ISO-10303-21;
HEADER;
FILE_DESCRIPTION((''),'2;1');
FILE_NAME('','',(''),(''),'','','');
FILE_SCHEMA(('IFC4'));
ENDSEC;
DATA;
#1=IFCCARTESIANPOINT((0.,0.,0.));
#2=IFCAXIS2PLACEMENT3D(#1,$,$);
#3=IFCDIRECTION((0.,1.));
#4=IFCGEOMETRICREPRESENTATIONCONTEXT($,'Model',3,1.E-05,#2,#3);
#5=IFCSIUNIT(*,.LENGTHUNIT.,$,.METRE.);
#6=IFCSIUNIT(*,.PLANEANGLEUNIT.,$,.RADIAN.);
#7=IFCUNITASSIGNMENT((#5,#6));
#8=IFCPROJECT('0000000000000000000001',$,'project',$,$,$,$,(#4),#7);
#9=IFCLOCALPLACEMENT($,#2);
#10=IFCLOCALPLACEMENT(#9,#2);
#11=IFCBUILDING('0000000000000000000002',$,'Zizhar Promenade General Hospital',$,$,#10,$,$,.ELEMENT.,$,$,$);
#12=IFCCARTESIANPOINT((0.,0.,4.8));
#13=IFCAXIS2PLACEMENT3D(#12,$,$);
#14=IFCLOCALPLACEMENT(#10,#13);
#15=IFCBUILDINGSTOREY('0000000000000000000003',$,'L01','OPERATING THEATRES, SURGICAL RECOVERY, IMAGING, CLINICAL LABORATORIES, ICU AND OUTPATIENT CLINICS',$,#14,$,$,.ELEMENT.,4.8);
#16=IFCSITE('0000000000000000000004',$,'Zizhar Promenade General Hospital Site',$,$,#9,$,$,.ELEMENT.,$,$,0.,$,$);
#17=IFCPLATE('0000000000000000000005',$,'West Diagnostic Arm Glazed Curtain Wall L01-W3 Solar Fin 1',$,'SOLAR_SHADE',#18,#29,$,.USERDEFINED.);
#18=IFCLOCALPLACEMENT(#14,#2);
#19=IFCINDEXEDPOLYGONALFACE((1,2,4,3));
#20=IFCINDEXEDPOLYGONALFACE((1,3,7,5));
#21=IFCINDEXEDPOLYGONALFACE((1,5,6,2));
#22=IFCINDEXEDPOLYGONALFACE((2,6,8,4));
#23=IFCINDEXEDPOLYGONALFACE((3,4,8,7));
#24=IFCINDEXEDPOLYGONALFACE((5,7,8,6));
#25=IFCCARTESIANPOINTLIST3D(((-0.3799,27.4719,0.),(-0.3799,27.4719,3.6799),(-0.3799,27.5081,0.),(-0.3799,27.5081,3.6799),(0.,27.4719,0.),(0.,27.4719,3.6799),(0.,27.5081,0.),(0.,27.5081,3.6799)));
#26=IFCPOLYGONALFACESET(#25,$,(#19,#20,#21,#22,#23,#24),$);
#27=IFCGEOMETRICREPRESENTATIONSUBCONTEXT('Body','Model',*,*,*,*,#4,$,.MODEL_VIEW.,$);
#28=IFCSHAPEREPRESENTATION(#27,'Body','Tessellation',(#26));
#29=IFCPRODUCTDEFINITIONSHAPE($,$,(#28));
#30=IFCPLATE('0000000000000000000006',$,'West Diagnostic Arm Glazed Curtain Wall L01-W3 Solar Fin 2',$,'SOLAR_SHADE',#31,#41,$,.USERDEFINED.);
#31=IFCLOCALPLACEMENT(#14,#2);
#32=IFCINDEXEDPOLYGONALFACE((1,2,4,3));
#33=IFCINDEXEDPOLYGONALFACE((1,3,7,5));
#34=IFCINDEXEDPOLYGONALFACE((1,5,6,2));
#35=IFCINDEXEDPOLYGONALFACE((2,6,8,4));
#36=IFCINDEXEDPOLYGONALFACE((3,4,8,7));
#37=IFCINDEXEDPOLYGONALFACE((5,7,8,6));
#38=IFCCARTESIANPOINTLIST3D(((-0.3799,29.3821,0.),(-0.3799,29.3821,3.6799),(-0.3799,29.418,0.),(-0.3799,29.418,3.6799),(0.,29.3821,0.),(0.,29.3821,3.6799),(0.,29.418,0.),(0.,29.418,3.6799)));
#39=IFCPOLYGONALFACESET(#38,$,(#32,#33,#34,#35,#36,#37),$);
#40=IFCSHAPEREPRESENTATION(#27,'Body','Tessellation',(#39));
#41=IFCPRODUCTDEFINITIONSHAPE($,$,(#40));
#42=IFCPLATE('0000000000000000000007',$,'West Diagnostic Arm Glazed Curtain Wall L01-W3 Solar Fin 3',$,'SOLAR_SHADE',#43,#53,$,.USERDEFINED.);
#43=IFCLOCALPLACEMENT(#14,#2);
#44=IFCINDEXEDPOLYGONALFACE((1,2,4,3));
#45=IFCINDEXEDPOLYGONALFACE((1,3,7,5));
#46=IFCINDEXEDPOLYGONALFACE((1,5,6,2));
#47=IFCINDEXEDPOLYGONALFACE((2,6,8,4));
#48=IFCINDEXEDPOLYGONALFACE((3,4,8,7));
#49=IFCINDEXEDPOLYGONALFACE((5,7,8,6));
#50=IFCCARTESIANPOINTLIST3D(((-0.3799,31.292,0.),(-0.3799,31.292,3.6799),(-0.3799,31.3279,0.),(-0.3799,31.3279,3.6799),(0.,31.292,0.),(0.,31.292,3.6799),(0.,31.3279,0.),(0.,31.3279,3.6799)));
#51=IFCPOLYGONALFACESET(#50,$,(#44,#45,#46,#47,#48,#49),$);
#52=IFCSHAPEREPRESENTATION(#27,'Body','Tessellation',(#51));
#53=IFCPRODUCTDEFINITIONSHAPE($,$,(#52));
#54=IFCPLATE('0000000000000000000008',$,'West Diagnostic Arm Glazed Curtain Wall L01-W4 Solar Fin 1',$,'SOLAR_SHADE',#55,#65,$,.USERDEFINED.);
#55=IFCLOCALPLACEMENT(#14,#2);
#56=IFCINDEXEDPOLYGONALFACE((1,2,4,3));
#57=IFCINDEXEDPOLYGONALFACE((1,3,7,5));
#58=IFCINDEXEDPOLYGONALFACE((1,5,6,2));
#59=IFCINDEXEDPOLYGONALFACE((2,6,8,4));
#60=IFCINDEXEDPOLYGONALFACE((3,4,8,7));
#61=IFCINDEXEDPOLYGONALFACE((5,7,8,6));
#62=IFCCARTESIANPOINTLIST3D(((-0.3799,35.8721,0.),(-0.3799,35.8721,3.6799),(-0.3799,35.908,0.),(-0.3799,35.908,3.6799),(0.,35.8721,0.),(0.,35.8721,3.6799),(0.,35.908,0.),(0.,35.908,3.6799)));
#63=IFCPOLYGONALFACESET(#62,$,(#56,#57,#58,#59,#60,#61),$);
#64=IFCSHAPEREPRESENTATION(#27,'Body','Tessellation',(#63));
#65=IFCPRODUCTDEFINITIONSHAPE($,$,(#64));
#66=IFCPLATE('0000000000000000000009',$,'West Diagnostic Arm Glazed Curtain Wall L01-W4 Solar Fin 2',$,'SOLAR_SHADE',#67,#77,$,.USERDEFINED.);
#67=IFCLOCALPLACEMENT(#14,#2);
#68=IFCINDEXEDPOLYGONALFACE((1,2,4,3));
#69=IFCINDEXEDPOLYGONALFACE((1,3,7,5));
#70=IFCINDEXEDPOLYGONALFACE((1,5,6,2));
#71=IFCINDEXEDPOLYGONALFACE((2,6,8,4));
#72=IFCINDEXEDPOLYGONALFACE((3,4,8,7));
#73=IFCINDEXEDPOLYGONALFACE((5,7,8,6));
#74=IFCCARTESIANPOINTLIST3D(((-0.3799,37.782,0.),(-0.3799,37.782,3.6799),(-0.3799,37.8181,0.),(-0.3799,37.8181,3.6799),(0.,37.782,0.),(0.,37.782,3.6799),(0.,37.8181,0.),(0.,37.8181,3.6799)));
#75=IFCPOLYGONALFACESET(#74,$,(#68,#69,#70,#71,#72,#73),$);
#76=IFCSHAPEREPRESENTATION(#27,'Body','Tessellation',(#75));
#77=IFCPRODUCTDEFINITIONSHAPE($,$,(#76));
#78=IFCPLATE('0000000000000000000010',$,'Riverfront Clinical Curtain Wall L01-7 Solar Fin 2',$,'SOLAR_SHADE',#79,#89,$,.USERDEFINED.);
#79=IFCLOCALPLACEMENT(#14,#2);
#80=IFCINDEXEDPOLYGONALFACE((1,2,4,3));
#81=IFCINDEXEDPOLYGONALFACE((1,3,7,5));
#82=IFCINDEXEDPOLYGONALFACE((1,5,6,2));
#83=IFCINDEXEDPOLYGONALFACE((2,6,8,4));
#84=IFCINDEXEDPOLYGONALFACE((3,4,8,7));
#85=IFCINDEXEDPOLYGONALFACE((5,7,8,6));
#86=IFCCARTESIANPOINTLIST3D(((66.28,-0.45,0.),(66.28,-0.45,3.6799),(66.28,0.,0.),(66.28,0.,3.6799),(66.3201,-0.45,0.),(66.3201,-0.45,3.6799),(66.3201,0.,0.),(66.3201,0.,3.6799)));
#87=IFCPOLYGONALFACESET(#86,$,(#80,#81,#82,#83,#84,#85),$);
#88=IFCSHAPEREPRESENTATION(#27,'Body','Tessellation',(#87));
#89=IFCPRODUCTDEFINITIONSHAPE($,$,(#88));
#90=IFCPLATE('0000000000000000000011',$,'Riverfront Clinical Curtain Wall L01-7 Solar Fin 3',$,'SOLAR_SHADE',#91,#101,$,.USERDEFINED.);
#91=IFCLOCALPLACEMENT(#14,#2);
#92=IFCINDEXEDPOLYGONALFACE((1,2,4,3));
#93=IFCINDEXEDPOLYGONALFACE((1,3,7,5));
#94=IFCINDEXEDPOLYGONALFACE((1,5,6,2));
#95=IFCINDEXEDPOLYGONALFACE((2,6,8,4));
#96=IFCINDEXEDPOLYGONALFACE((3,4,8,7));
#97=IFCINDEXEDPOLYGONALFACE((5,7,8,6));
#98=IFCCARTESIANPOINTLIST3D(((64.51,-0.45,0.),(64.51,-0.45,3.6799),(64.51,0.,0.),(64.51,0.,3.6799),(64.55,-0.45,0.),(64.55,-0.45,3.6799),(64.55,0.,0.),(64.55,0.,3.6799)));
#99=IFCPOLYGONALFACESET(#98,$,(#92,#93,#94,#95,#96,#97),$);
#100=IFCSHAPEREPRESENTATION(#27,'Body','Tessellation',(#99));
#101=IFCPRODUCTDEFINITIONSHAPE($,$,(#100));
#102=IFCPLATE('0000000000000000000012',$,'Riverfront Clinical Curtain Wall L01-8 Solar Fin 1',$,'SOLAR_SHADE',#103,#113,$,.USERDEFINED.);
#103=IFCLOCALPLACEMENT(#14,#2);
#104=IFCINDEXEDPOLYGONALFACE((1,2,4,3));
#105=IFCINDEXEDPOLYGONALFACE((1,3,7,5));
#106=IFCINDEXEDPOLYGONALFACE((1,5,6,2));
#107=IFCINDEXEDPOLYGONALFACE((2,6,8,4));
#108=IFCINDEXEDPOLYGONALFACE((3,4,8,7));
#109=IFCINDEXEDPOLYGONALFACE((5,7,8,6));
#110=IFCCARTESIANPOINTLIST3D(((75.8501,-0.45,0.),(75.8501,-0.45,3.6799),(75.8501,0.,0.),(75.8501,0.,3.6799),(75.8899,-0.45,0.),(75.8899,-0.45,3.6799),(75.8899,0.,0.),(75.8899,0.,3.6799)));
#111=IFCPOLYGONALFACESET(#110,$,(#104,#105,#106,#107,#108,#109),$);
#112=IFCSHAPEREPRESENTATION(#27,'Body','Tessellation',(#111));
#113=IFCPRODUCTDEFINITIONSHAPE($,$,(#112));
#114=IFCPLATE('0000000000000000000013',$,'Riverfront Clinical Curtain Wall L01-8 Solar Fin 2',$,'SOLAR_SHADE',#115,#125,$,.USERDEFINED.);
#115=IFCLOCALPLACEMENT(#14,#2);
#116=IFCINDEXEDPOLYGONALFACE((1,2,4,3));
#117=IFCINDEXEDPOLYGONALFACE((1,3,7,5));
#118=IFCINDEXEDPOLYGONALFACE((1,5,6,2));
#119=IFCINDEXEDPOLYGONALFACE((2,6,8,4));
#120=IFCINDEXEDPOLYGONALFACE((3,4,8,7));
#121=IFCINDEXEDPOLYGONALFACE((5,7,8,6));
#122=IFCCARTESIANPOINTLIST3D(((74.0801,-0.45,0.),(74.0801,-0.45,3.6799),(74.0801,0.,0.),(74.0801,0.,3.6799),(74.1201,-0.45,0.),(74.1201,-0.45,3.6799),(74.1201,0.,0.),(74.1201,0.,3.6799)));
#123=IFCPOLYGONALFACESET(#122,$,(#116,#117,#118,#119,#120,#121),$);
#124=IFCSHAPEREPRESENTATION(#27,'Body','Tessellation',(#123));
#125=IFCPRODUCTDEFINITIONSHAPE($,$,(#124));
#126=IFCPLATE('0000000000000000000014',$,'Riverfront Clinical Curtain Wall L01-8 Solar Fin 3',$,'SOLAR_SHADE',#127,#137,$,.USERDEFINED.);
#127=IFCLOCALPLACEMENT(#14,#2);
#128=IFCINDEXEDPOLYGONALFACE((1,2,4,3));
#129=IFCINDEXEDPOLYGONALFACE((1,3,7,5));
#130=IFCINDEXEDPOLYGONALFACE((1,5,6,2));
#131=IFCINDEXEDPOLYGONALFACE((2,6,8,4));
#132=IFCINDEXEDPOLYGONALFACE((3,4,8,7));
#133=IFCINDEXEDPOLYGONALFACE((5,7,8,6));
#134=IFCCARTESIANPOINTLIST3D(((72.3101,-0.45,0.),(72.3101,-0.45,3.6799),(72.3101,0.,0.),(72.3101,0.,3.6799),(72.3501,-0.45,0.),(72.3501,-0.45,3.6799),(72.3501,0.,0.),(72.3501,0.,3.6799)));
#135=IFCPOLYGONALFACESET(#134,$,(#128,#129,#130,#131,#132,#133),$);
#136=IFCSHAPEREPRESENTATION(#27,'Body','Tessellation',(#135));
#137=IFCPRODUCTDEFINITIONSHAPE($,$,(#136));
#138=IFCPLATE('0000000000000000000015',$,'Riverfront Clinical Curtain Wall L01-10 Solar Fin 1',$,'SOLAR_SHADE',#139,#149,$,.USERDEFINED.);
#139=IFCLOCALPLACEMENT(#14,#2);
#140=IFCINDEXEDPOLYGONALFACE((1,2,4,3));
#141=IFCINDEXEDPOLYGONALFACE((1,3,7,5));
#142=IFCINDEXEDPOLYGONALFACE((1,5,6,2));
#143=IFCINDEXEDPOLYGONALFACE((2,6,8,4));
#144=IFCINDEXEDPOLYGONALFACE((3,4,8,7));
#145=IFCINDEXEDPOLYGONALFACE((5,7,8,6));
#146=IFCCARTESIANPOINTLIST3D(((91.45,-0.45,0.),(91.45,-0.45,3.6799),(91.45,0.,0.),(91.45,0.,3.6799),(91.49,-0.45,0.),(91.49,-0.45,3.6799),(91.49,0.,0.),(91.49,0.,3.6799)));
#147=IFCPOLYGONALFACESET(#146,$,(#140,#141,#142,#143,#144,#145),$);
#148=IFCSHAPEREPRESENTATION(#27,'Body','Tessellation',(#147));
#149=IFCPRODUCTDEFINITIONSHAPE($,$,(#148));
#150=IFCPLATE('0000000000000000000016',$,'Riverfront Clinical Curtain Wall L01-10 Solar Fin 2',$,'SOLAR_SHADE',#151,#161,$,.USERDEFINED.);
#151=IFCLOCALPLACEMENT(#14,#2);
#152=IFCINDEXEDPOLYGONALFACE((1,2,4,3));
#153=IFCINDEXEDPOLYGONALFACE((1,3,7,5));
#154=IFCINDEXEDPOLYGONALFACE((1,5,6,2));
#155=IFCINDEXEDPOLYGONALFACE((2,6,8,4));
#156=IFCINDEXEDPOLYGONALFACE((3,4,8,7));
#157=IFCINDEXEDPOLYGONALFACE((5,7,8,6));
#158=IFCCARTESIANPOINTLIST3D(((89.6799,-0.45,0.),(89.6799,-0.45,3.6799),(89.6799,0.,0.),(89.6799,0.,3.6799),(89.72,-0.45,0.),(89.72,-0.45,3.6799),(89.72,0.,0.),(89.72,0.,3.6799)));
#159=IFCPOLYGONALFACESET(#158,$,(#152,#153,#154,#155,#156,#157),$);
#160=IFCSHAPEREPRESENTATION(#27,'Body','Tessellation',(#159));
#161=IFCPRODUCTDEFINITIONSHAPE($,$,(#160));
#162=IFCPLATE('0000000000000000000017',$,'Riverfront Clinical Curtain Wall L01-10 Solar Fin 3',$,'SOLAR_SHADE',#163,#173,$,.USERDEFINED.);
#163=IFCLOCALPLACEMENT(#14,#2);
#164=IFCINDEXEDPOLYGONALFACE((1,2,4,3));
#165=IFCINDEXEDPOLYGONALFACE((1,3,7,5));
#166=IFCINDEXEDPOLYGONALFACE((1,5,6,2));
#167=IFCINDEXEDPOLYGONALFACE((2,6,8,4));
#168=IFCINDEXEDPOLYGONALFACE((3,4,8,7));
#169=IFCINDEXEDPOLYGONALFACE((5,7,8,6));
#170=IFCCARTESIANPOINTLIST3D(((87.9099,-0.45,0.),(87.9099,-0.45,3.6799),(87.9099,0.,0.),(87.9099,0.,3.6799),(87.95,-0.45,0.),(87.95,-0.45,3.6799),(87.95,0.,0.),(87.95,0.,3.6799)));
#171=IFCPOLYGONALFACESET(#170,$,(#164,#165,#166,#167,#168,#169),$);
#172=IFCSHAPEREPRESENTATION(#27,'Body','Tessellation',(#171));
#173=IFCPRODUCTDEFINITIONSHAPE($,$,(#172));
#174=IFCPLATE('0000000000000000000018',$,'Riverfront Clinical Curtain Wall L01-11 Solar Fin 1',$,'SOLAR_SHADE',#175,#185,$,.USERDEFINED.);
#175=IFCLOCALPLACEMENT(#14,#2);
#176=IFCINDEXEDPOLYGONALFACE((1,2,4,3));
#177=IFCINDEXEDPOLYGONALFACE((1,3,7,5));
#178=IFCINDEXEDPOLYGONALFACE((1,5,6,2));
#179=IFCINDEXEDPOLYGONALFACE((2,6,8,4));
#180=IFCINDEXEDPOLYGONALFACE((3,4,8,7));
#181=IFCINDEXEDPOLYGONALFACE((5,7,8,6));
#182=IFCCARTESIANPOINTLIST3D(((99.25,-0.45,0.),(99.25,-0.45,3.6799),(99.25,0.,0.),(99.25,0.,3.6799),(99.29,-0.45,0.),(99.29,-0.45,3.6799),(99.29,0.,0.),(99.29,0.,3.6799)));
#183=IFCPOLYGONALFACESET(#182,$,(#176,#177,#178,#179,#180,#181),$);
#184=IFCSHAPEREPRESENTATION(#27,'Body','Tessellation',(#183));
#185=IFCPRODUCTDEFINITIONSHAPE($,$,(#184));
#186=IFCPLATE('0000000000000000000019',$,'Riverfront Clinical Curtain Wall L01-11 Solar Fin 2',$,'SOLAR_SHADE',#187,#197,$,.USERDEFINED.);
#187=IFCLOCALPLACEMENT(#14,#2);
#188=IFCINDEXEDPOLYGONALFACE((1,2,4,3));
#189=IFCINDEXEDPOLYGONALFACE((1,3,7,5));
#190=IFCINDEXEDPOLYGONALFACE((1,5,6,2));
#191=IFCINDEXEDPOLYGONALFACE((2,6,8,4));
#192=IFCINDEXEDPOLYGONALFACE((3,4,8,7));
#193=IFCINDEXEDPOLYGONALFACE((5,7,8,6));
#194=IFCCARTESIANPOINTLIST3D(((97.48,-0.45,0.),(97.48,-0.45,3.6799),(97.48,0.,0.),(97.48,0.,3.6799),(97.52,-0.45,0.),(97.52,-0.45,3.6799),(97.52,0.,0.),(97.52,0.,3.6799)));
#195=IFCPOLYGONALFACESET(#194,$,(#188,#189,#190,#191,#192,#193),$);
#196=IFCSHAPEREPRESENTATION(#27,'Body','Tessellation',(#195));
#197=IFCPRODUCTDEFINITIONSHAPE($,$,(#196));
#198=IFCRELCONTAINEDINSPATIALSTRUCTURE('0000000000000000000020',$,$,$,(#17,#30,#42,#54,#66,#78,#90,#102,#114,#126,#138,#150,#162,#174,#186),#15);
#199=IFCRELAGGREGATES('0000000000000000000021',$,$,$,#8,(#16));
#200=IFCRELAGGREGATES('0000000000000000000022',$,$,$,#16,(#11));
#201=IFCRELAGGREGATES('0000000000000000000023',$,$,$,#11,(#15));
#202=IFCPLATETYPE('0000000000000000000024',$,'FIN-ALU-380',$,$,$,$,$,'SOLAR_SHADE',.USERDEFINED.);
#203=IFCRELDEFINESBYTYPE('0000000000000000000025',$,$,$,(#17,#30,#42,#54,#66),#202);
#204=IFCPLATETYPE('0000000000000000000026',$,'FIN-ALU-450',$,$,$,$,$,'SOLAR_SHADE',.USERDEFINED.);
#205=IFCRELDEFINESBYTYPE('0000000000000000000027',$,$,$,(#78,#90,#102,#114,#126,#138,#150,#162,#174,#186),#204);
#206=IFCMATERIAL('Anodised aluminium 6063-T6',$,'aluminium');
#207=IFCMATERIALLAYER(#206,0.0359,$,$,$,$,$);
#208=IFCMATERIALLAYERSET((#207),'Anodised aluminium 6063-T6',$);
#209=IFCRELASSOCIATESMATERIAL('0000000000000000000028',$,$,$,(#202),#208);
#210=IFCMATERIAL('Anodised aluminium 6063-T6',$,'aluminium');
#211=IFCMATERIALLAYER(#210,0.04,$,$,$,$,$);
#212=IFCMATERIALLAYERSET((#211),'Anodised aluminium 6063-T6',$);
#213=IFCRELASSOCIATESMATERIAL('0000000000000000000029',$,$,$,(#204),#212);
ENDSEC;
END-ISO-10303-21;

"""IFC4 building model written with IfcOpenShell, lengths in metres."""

from ifc_helpers import new_model, si_unit, direction, frame, origin, place, context, subcontext, project, spatial, polyline, outline, extrude, material, layer, layer_set, type_object, element, save


model = new_model("IFC4")

# Units and contexts
model_context = context("Model", 3, precision=1e-05, world=origin(), true_north=direction((0.0, 1.0)))
body_context = subcontext(model_context, "Body", "Model", "MODEL_VIEW")
ifc_project = project(units=[si_unit("LENGTHUNIT", "METRE"), si_unit("PLANEANGLEUNIT", "RADIAN")], contexts=[model_context])

# Site, building, storey
site_placement = place(None, origin())
site = spatial("IfcSite", under=ifc_project, at=site_placement, Name="Zizhar Promenade General Hospital Site", CompositionType="ELEMENT", RefElevation=0.0)
building_placement = place(site_placement, origin())
building = spatial("IfcBuilding", under=site, at=building_placement, Name="Zizhar Promenade General Hospital", CompositionType="ELEMENT")
storey_placement = place(building_placement, frame((0.0, 0.0, 4.8)))
storey = spatial("IfcBuildingStorey", under=building, at=storey_placement, Name="L01", Description="OPERATING THEATRES, SURGICAL RECOVERY, IMAGING, CLINICAL LABORATORIES, ICU AND OUTPATIENT CLINICS", CompositionType="ELEMENT", Elevation=4.8)

# Plates
ifc_material_1 = material(Name="Anodised aluminium 6063-T6", Category="aluminium")
ifc_layer_1 = layer(ifc_material_1, 0.0359)
ifc_layer_set_1 = layer_set([ifc_layer_1], Name="Anodised aluminium 6063-T6")
plate_type_1 = type_object("IfcPlateType", Name="FIN-ALU-380", ElementType="SOLAR_SHADE", PredefinedType="USERDEFINED", material=ifc_layer_set_1)
plate_1_placement = place(storey_placement, origin())
element("IfcPlate", 1, at=plate_1_placement, inside=storey, type_object=plate_type_1, Name="West Diagnostic Arm Glazed Curtain Wall L01-W3 Solar Fin 1", ObjectType="SOLAR_SHADE", PredefinedType="USERDEFINED", context=body_context, shape_type="SweptSolid", body=[
    extrude(outline(polyline([(0.0, 27.4719), (0.0, 27.5081), (-0.3799, 27.5081), (-0.3799, 27.4719), (0.0, 27.4719)])), origin(), (0.0, 0.0, 1.0), 3.6799),
])
plate_2_placement = place(storey_placement, origin())
element("IfcPlate", 2, at=plate_2_placement, inside=storey, type_object=plate_type_1, Name="West Diagnostic Arm Glazed Curtain Wall L01-W3 Solar Fin 2", ObjectType="SOLAR_SHADE", PredefinedType="USERDEFINED", context=body_context, shape_type="SweptSolid", body=[
    extrude(outline(polyline([(0.0, 29.3821), (0.0, 29.418), (-0.3799, 29.418), (-0.3799, 29.3821), (0.0, 29.3821)])), origin(), (0.0, 0.0, 1.0), 3.6799),
])
plate_3_placement = place(storey_placement, origin())
element("IfcPlate", 3, at=plate_3_placement, inside=storey, type_object=plate_type_1, Name="West Diagnostic Arm Glazed Curtain Wall L01-W3 Solar Fin 3", ObjectType="SOLAR_SHADE", PredefinedType="USERDEFINED", context=body_context, shape_type="SweptSolid", body=[
    extrude(outline(polyline([(0.0, 31.292), (0.0, 31.3279), (-0.3799, 31.3279), (-0.3799, 31.292), (0.0, 31.292)])), origin(), (0.0, 0.0, 1.0), 3.6799),
])
plate_4_placement = place(storey_placement, origin())
element("IfcPlate", 4, at=plate_4_placement, inside=storey, type_object=plate_type_1, Name="West Diagnostic Arm Glazed Curtain Wall L01-W4 Solar Fin 1", ObjectType="SOLAR_SHADE", PredefinedType="USERDEFINED", context=body_context, shape_type="SweptSolid", body=[
    extrude(outline(polyline([(0.0, 35.8721), (0.0, 35.908), (-0.3799, 35.908), (-0.3799, 35.8721), (0.0, 35.8721)])), origin(), (0.0, 0.0, 1.0), 3.6799),
])
plate_5_placement = place(storey_placement, origin())
element("IfcPlate", 5, at=plate_5_placement, inside=storey, type_object=plate_type_1, Name="West Diagnostic Arm Glazed Curtain Wall L01-W4 Solar Fin 2", ObjectType="SOLAR_SHADE", PredefinedType="USERDEFINED", context=body_context, shape_type="SweptSolid", body=[
    extrude(outline(polyline([(0.0, 37.782), (0.0, 37.8181), (-0.3799, 37.8181), (-0.3799, 37.782), (0.0, 37.782)])), origin(), (0.0, 0.0, 1.0), 3.6799),
])
ifc_material_2 = material(Name="Anodised aluminium 6063-T6", Category="aluminium")
ifc_layer_2 = layer(ifc_material_2, 0.04)
ifc_layer_set_2 = layer_set([ifc_layer_2], Name="Anodised aluminium 6063-T6")
plate_type_2 = type_object("IfcPlateType", Name="FIN-ALU-450", ElementType="SOLAR_SHADE", PredefinedType="USERDEFINED", material=ifc_layer_set_2)
plate_6_placement = place(storey_placement, origin())
element("IfcPlate", 6, at=plate_6_placement, inside=storey, type_object=plate_type_2, Name="Riverfront Clinical Curtain Wall L01-7 Solar Fin 2", ObjectType="SOLAR_SHADE", PredefinedType="USERDEFINED", context=body_context, shape_type="SweptSolid", body=[
    extrude(outline(polyline([(66.3201, 0.0), (66.28, 0.0), (66.28, -0.45), (66.3201, -0.45), (66.3201, 0.0)])), origin(), (0.0, 0.0, 1.0), 3.6799),
])
plate_7_placement = place(storey_placement, origin())
element("IfcPlate", 7, at=plate_7_placement, inside=storey, type_object=plate_type_2, Name="Riverfront Clinical Curtain Wall L01-7 Solar Fin 3", ObjectType="SOLAR_SHADE", PredefinedType="USERDEFINED", context=body_context, shape_type="SweptSolid", body=[
    extrude(outline(polyline([(64.55, 0.0), (64.51, 0.0), (64.51, -0.45), (64.55, -0.45), (64.55, 0.0)])), origin(), (0.0, 0.0, 1.0), 3.6799),
])
plate_8_placement = place(storey_placement, origin())
element("IfcPlate", 8, at=plate_8_placement, inside=storey, type_object=plate_type_2, Name="Riverfront Clinical Curtain Wall L01-8 Solar Fin 1", ObjectType="SOLAR_SHADE", PredefinedType="USERDEFINED", context=body_context, shape_type="SweptSolid", body=[
    extrude(outline(polyline([(75.8899, 0.0), (75.8501, 0.0), (75.8501, -0.45), (75.8899, -0.45), (75.8899, 0.0)])), origin(), (0.0, 0.0, 1.0), 3.6799),
])
plate_9_placement = place(storey_placement, origin())
element("IfcPlate", 9, at=plate_9_placement, inside=storey, type_object=plate_type_2, Name="Riverfront Clinical Curtain Wall L01-8 Solar Fin 2", ObjectType="SOLAR_SHADE", PredefinedType="USERDEFINED", context=body_context, shape_type="SweptSolid", body=[
    extrude(outline(polyline([(74.1201, 0.0), (74.0801, 0.0), (74.0801, -0.45), (74.1201, -0.45), (74.1201, 0.0)])), origin(), (0.0, 0.0, 1.0), 3.6799),
])
plate_10_placement = place(storey_placement, origin())
element("IfcPlate", 10, at=plate_10_placement, inside=storey, type_object=plate_type_2, Name="Riverfront Clinical Curtain Wall L01-8 Solar Fin 3", ObjectType="SOLAR_SHADE", PredefinedType="USERDEFINED", context=body_context, shape_type="SweptSolid", body=[
    extrude(outline(polyline([(72.3501, 0.0), (72.3101, 0.0), (72.3101, -0.45), (72.3501, -0.45), (72.3501, 0.0)])), origin(), (0.0, 0.0, 1.0), 3.6799),
])
plate_11_placement = place(storey_placement, origin())
element("IfcPlate", 11, at=plate_11_placement, inside=storey, type_object=plate_type_2, Name="Riverfront Clinical Curtain Wall L01-10 Solar Fin 1", ObjectType="SOLAR_SHADE", PredefinedType="USERDEFINED", context=body_context, shape_type="SweptSolid", body=[
    extrude(outline(polyline([(91.49, 0.0), (91.45, 0.0), (91.45, -0.45), (91.49, -0.45), (91.49, 0.0)])), origin(), (0.0, 0.0, 1.0), 3.6799),
])
plate_12_placement = place(storey_placement, origin())
element("IfcPlate", 12, at=plate_12_placement, inside=storey, type_object=plate_type_2, Name="Riverfront Clinical Curtain Wall L01-10 Solar Fin 2", ObjectType="SOLAR_SHADE", PredefinedType="USERDEFINED", context=body_context, shape_type="SweptSolid", body=[
    extrude(outline(polyline([(89.72, 0.0), (89.6799, 0.0), (89.6799, -0.45), (89.72, -0.45), (89.72, 0.0)])), origin(), (0.0, 0.0, 1.0), 3.6799),
])
plate_13_placement = place(storey_placement, origin())
element("IfcPlate", 13, at=plate_13_placement, inside=storey, type_object=plate_type_2, Name="Riverfront Clinical Curtain Wall L01-10 Solar Fin 3", ObjectType="SOLAR_SHADE", PredefinedType="USERDEFINED", context=body_context, shape_type="SweptSolid", body=[
    extrude(outline(polyline([(87.95, 0.0), (87.9099, 0.0), (87.9099, -0.45), (87.95, -0.45), (87.95, 0.0)])), origin(), (0.0, 0.0, 1.0), 3.6799),
])
plate_14_placement = place(storey_placement, origin())
element("IfcPlate", 14, at=plate_14_placement, inside=storey, type_object=plate_type_2, Name="Riverfront Clinical Curtain Wall L01-11 Solar Fin 1", ObjectType="SOLAR_SHADE", PredefinedType="USERDEFINED", context=body_context, shape_type="SweptSolid", body=[
    extrude(outline(polyline([(99.29, 0.0), (99.25, 0.0), (99.25, -0.45), (99.29, -0.45), (99.29, 0.0)])), origin(), (0.0, 0.0, 1.0), 3.6799),
])
plate_15_placement = place(storey_placement, origin())
element("IfcPlate", 15, at=plate_15_placement, inside=storey, type_object=plate_type_2, Name="Riverfront Clinical Curtain Wall L01-11 Solar Fin 2", ObjectType="SOLAR_SHADE", PredefinedType="USERDEFINED", context=body_context, shape_type="SweptSolid", body=[
    extrude(outline(polyline([(97.52, 0.0), (97.48, 0.0), (97.48, -0.45), (97.52, -0.45), (97.52, 0.0)])), origin(), (0.0, 0.0, 1.0), 3.6799),
])

save(model, "model.ifc")
